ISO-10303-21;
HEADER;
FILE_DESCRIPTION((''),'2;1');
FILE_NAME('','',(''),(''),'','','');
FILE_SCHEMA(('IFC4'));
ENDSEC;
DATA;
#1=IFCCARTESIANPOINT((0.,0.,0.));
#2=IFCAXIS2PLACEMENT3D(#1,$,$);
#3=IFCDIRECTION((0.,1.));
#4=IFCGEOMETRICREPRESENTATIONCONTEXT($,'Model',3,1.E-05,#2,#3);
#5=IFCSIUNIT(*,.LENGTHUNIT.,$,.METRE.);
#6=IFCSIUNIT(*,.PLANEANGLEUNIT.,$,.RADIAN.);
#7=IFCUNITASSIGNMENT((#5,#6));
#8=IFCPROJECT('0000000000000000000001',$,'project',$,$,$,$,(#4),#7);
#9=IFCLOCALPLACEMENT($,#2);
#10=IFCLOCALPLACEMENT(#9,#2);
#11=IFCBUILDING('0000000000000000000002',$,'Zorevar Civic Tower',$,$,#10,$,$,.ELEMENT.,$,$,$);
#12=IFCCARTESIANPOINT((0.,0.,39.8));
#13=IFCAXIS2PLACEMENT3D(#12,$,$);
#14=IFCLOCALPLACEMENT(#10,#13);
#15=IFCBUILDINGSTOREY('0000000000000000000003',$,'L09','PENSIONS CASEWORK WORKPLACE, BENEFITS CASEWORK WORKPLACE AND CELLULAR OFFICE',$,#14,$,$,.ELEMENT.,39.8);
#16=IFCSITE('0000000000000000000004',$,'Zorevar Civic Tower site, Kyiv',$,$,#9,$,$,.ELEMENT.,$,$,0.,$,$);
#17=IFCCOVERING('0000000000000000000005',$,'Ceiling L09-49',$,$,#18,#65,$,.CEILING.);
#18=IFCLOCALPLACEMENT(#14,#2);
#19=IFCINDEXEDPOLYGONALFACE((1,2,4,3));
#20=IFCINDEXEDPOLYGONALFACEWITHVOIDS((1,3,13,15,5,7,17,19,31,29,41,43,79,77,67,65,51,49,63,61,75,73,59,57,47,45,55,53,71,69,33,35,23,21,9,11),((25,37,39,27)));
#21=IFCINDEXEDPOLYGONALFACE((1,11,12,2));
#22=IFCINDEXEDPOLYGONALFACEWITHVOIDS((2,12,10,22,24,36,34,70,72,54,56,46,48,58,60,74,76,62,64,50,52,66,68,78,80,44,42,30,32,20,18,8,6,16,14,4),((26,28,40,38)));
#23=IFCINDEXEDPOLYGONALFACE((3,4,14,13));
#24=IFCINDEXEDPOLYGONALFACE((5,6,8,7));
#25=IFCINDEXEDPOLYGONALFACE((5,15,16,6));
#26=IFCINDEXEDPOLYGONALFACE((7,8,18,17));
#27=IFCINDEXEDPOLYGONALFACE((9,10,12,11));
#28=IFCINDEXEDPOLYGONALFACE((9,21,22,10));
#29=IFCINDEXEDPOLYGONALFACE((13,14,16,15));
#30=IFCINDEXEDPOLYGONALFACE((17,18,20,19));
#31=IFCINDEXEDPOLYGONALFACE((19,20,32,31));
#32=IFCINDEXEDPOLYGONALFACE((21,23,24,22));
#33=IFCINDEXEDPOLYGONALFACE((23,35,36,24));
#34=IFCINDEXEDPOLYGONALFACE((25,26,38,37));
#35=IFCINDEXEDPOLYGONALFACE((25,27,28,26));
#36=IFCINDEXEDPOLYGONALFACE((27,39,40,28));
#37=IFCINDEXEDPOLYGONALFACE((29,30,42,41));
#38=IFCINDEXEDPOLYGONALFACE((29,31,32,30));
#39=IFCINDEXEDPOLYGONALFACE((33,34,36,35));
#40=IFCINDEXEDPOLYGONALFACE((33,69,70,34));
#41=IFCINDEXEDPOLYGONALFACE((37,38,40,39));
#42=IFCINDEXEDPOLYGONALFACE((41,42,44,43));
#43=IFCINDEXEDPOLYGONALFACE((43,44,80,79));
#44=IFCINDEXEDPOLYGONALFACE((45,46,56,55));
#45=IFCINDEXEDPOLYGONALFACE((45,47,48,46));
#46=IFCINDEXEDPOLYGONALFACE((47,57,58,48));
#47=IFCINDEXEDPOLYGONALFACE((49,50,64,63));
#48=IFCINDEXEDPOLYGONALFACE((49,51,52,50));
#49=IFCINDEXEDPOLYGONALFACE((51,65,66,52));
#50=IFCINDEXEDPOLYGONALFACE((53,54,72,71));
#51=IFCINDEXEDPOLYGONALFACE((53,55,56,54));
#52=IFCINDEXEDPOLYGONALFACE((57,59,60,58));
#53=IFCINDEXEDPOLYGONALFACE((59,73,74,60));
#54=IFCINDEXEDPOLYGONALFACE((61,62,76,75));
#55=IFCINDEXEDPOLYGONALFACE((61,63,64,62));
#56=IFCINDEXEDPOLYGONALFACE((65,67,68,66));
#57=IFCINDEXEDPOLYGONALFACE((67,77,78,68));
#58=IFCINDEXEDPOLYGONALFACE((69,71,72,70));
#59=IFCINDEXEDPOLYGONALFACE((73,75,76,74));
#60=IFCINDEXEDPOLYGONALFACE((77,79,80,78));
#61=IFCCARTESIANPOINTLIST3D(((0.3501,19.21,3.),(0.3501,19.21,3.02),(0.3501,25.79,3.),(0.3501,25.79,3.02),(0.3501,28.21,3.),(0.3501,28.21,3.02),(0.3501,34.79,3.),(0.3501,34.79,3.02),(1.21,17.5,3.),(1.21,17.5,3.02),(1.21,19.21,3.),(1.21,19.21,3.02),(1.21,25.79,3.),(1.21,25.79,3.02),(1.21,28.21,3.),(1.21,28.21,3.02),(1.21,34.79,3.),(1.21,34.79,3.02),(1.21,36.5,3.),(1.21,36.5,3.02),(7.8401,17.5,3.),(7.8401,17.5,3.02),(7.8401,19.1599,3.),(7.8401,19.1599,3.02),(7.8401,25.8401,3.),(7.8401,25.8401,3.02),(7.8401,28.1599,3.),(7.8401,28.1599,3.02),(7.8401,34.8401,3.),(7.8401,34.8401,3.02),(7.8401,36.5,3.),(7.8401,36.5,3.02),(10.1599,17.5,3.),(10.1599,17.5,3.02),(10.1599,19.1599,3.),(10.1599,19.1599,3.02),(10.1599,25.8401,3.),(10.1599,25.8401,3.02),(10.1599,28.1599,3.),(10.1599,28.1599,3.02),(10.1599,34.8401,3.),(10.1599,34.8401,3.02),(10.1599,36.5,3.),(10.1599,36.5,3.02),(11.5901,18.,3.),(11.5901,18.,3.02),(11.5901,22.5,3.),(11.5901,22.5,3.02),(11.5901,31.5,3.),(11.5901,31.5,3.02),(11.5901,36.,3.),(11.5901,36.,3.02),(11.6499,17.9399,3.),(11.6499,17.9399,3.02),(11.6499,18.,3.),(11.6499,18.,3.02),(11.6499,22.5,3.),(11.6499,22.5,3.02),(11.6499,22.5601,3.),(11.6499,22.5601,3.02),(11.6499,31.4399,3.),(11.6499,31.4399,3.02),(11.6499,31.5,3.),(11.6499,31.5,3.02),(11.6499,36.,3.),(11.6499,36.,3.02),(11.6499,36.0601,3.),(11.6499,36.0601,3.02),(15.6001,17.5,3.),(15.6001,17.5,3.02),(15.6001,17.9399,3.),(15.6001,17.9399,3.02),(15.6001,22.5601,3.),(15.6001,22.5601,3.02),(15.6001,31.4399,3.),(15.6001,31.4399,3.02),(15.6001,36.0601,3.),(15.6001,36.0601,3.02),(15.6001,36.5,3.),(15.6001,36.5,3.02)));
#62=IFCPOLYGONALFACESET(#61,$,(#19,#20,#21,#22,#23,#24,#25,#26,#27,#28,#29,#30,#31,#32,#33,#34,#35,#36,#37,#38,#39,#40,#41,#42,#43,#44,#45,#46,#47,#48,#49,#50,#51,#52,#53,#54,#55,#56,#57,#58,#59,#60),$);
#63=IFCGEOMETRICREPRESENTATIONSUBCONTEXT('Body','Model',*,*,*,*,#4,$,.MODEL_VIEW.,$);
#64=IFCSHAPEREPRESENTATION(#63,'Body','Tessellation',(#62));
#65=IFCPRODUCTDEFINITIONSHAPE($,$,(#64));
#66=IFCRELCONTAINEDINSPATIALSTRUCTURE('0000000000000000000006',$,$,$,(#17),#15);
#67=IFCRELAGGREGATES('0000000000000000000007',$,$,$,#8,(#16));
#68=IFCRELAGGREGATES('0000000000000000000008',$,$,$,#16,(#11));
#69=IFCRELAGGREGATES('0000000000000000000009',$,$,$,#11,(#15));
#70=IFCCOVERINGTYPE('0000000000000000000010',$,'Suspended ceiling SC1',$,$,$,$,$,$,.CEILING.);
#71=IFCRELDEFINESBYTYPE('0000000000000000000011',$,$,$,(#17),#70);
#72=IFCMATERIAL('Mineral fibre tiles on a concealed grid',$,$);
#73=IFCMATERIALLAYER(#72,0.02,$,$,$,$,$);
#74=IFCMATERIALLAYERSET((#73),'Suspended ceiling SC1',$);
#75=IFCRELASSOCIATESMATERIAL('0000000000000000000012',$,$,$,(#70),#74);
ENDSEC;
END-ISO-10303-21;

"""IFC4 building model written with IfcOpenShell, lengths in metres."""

from ifc_helpers import new_model, si_unit, direction, frame, origin, place, context, subcontext, project, spatial, polyline, outline, extrude, material, layer, layer_set, type_object, element, save


model = new_model("IFC4")

# Units and contexts
model_context = context("Model", 3, precision=1e-05, world=origin(), true_north=direction((0.0, 1.0)))
body_context = subcontext(model_context, "Body", "Model", "MODEL_VIEW")
ifc_project = project(units=[si_unit("LENGTHUNIT", "METRE"), si_unit("PLANEANGLEUNIT", "RADIAN")], contexts=[model_context])

# Site, building, storey
site_placement = place(None, origin())
site = spatial("IfcSite", under=ifc_project, at=site_placement, Name="Zorevar Civic Tower site, Kyiv", CompositionType="ELEMENT", RefElevation=0.0)
building_placement = place(site_placement, origin())
building = spatial("IfcBuilding", under=site, at=building_placement, Name="Zorevar Civic Tower", CompositionType="ELEMENT")
storey_placement = place(building_placement, frame((0.0, 0.0, 39.8)))
storey = spatial("IfcBuildingStorey", under=building, at=storey_placement, Name="L09", Description="PENSIONS CASEWORK WORKPLACE, BENEFITS CASEWORK WORKPLACE AND CELLULAR OFFICE", CompositionType="ELEMENT", Elevation=39.8)

# Covering
ifc_material_1 = material(Name="Mineral fibre tiles on a concealed grid")
ifc_layer_1 = layer(ifc_material_1, 0.02)
ifc_layer_set_1 = layer_set([ifc_layer_1], Name="Suspended ceiling SC1")
covering_type_1 = type_object("IfcCoveringType", Name="Suspended ceiling SC1", PredefinedType="CEILING", material=ifc_layer_set_1)
covering_1_placement = place(storey_placement, frame((0.0, 0.0, 3.0)))
element("IfcCovering", 1, at=covering_1_placement, inside=storey, type_object=covering_type_1, Name="Ceiling L09-49", PredefinedType="CEILING", context=body_context, shape_type="SweptSolid", body=[
    extrude(outline(polyline([(11.5901, 22.5), (11.5901, 18.0), (11.6499, 18.0), (11.6499, 17.9399), (15.6001, 17.9399), (15.6001, 17.5), (10.1599, 17.5), (10.1599, 19.1599), (7.8401, 19.1599), (7.8401, 17.5), (1.21, 17.5), (1.21, 19.21), (0.3501, 19.21), (0.3501, 25.79), (1.21, 25.79), (1.21, 28.21), (0.3501, 28.21), (0.3501, 34.79), (1.21, 34.79), (1.21, 36.5), (7.8401, 36.5), (7.8401, 34.8401), (10.1599, 34.8401), (10.1599, 36.5), (15.6001, 36.5), (15.6001, 36.0601), (11.6499, 36.0601), (11.6499, 36.0), (11.5901, 36.0), (11.5901, 31.5), (11.6499, 31.5), (11.6499, 31.4399), (15.6001, 31.4399), (15.6001, 22.5601), (11.6499, 22.5601), (11.6499, 22.5), (11.5901, 22.5)]), holes=[polyline([(7.8401, 28.1599), (7.8401, 25.8401), (10.1599, 25.8401), (10.1599, 28.1599), (7.8401, 28.1599)])]), origin(), (0.0, 0.0, 1.0), 0.02),
])

save(model, "model.ifc")
